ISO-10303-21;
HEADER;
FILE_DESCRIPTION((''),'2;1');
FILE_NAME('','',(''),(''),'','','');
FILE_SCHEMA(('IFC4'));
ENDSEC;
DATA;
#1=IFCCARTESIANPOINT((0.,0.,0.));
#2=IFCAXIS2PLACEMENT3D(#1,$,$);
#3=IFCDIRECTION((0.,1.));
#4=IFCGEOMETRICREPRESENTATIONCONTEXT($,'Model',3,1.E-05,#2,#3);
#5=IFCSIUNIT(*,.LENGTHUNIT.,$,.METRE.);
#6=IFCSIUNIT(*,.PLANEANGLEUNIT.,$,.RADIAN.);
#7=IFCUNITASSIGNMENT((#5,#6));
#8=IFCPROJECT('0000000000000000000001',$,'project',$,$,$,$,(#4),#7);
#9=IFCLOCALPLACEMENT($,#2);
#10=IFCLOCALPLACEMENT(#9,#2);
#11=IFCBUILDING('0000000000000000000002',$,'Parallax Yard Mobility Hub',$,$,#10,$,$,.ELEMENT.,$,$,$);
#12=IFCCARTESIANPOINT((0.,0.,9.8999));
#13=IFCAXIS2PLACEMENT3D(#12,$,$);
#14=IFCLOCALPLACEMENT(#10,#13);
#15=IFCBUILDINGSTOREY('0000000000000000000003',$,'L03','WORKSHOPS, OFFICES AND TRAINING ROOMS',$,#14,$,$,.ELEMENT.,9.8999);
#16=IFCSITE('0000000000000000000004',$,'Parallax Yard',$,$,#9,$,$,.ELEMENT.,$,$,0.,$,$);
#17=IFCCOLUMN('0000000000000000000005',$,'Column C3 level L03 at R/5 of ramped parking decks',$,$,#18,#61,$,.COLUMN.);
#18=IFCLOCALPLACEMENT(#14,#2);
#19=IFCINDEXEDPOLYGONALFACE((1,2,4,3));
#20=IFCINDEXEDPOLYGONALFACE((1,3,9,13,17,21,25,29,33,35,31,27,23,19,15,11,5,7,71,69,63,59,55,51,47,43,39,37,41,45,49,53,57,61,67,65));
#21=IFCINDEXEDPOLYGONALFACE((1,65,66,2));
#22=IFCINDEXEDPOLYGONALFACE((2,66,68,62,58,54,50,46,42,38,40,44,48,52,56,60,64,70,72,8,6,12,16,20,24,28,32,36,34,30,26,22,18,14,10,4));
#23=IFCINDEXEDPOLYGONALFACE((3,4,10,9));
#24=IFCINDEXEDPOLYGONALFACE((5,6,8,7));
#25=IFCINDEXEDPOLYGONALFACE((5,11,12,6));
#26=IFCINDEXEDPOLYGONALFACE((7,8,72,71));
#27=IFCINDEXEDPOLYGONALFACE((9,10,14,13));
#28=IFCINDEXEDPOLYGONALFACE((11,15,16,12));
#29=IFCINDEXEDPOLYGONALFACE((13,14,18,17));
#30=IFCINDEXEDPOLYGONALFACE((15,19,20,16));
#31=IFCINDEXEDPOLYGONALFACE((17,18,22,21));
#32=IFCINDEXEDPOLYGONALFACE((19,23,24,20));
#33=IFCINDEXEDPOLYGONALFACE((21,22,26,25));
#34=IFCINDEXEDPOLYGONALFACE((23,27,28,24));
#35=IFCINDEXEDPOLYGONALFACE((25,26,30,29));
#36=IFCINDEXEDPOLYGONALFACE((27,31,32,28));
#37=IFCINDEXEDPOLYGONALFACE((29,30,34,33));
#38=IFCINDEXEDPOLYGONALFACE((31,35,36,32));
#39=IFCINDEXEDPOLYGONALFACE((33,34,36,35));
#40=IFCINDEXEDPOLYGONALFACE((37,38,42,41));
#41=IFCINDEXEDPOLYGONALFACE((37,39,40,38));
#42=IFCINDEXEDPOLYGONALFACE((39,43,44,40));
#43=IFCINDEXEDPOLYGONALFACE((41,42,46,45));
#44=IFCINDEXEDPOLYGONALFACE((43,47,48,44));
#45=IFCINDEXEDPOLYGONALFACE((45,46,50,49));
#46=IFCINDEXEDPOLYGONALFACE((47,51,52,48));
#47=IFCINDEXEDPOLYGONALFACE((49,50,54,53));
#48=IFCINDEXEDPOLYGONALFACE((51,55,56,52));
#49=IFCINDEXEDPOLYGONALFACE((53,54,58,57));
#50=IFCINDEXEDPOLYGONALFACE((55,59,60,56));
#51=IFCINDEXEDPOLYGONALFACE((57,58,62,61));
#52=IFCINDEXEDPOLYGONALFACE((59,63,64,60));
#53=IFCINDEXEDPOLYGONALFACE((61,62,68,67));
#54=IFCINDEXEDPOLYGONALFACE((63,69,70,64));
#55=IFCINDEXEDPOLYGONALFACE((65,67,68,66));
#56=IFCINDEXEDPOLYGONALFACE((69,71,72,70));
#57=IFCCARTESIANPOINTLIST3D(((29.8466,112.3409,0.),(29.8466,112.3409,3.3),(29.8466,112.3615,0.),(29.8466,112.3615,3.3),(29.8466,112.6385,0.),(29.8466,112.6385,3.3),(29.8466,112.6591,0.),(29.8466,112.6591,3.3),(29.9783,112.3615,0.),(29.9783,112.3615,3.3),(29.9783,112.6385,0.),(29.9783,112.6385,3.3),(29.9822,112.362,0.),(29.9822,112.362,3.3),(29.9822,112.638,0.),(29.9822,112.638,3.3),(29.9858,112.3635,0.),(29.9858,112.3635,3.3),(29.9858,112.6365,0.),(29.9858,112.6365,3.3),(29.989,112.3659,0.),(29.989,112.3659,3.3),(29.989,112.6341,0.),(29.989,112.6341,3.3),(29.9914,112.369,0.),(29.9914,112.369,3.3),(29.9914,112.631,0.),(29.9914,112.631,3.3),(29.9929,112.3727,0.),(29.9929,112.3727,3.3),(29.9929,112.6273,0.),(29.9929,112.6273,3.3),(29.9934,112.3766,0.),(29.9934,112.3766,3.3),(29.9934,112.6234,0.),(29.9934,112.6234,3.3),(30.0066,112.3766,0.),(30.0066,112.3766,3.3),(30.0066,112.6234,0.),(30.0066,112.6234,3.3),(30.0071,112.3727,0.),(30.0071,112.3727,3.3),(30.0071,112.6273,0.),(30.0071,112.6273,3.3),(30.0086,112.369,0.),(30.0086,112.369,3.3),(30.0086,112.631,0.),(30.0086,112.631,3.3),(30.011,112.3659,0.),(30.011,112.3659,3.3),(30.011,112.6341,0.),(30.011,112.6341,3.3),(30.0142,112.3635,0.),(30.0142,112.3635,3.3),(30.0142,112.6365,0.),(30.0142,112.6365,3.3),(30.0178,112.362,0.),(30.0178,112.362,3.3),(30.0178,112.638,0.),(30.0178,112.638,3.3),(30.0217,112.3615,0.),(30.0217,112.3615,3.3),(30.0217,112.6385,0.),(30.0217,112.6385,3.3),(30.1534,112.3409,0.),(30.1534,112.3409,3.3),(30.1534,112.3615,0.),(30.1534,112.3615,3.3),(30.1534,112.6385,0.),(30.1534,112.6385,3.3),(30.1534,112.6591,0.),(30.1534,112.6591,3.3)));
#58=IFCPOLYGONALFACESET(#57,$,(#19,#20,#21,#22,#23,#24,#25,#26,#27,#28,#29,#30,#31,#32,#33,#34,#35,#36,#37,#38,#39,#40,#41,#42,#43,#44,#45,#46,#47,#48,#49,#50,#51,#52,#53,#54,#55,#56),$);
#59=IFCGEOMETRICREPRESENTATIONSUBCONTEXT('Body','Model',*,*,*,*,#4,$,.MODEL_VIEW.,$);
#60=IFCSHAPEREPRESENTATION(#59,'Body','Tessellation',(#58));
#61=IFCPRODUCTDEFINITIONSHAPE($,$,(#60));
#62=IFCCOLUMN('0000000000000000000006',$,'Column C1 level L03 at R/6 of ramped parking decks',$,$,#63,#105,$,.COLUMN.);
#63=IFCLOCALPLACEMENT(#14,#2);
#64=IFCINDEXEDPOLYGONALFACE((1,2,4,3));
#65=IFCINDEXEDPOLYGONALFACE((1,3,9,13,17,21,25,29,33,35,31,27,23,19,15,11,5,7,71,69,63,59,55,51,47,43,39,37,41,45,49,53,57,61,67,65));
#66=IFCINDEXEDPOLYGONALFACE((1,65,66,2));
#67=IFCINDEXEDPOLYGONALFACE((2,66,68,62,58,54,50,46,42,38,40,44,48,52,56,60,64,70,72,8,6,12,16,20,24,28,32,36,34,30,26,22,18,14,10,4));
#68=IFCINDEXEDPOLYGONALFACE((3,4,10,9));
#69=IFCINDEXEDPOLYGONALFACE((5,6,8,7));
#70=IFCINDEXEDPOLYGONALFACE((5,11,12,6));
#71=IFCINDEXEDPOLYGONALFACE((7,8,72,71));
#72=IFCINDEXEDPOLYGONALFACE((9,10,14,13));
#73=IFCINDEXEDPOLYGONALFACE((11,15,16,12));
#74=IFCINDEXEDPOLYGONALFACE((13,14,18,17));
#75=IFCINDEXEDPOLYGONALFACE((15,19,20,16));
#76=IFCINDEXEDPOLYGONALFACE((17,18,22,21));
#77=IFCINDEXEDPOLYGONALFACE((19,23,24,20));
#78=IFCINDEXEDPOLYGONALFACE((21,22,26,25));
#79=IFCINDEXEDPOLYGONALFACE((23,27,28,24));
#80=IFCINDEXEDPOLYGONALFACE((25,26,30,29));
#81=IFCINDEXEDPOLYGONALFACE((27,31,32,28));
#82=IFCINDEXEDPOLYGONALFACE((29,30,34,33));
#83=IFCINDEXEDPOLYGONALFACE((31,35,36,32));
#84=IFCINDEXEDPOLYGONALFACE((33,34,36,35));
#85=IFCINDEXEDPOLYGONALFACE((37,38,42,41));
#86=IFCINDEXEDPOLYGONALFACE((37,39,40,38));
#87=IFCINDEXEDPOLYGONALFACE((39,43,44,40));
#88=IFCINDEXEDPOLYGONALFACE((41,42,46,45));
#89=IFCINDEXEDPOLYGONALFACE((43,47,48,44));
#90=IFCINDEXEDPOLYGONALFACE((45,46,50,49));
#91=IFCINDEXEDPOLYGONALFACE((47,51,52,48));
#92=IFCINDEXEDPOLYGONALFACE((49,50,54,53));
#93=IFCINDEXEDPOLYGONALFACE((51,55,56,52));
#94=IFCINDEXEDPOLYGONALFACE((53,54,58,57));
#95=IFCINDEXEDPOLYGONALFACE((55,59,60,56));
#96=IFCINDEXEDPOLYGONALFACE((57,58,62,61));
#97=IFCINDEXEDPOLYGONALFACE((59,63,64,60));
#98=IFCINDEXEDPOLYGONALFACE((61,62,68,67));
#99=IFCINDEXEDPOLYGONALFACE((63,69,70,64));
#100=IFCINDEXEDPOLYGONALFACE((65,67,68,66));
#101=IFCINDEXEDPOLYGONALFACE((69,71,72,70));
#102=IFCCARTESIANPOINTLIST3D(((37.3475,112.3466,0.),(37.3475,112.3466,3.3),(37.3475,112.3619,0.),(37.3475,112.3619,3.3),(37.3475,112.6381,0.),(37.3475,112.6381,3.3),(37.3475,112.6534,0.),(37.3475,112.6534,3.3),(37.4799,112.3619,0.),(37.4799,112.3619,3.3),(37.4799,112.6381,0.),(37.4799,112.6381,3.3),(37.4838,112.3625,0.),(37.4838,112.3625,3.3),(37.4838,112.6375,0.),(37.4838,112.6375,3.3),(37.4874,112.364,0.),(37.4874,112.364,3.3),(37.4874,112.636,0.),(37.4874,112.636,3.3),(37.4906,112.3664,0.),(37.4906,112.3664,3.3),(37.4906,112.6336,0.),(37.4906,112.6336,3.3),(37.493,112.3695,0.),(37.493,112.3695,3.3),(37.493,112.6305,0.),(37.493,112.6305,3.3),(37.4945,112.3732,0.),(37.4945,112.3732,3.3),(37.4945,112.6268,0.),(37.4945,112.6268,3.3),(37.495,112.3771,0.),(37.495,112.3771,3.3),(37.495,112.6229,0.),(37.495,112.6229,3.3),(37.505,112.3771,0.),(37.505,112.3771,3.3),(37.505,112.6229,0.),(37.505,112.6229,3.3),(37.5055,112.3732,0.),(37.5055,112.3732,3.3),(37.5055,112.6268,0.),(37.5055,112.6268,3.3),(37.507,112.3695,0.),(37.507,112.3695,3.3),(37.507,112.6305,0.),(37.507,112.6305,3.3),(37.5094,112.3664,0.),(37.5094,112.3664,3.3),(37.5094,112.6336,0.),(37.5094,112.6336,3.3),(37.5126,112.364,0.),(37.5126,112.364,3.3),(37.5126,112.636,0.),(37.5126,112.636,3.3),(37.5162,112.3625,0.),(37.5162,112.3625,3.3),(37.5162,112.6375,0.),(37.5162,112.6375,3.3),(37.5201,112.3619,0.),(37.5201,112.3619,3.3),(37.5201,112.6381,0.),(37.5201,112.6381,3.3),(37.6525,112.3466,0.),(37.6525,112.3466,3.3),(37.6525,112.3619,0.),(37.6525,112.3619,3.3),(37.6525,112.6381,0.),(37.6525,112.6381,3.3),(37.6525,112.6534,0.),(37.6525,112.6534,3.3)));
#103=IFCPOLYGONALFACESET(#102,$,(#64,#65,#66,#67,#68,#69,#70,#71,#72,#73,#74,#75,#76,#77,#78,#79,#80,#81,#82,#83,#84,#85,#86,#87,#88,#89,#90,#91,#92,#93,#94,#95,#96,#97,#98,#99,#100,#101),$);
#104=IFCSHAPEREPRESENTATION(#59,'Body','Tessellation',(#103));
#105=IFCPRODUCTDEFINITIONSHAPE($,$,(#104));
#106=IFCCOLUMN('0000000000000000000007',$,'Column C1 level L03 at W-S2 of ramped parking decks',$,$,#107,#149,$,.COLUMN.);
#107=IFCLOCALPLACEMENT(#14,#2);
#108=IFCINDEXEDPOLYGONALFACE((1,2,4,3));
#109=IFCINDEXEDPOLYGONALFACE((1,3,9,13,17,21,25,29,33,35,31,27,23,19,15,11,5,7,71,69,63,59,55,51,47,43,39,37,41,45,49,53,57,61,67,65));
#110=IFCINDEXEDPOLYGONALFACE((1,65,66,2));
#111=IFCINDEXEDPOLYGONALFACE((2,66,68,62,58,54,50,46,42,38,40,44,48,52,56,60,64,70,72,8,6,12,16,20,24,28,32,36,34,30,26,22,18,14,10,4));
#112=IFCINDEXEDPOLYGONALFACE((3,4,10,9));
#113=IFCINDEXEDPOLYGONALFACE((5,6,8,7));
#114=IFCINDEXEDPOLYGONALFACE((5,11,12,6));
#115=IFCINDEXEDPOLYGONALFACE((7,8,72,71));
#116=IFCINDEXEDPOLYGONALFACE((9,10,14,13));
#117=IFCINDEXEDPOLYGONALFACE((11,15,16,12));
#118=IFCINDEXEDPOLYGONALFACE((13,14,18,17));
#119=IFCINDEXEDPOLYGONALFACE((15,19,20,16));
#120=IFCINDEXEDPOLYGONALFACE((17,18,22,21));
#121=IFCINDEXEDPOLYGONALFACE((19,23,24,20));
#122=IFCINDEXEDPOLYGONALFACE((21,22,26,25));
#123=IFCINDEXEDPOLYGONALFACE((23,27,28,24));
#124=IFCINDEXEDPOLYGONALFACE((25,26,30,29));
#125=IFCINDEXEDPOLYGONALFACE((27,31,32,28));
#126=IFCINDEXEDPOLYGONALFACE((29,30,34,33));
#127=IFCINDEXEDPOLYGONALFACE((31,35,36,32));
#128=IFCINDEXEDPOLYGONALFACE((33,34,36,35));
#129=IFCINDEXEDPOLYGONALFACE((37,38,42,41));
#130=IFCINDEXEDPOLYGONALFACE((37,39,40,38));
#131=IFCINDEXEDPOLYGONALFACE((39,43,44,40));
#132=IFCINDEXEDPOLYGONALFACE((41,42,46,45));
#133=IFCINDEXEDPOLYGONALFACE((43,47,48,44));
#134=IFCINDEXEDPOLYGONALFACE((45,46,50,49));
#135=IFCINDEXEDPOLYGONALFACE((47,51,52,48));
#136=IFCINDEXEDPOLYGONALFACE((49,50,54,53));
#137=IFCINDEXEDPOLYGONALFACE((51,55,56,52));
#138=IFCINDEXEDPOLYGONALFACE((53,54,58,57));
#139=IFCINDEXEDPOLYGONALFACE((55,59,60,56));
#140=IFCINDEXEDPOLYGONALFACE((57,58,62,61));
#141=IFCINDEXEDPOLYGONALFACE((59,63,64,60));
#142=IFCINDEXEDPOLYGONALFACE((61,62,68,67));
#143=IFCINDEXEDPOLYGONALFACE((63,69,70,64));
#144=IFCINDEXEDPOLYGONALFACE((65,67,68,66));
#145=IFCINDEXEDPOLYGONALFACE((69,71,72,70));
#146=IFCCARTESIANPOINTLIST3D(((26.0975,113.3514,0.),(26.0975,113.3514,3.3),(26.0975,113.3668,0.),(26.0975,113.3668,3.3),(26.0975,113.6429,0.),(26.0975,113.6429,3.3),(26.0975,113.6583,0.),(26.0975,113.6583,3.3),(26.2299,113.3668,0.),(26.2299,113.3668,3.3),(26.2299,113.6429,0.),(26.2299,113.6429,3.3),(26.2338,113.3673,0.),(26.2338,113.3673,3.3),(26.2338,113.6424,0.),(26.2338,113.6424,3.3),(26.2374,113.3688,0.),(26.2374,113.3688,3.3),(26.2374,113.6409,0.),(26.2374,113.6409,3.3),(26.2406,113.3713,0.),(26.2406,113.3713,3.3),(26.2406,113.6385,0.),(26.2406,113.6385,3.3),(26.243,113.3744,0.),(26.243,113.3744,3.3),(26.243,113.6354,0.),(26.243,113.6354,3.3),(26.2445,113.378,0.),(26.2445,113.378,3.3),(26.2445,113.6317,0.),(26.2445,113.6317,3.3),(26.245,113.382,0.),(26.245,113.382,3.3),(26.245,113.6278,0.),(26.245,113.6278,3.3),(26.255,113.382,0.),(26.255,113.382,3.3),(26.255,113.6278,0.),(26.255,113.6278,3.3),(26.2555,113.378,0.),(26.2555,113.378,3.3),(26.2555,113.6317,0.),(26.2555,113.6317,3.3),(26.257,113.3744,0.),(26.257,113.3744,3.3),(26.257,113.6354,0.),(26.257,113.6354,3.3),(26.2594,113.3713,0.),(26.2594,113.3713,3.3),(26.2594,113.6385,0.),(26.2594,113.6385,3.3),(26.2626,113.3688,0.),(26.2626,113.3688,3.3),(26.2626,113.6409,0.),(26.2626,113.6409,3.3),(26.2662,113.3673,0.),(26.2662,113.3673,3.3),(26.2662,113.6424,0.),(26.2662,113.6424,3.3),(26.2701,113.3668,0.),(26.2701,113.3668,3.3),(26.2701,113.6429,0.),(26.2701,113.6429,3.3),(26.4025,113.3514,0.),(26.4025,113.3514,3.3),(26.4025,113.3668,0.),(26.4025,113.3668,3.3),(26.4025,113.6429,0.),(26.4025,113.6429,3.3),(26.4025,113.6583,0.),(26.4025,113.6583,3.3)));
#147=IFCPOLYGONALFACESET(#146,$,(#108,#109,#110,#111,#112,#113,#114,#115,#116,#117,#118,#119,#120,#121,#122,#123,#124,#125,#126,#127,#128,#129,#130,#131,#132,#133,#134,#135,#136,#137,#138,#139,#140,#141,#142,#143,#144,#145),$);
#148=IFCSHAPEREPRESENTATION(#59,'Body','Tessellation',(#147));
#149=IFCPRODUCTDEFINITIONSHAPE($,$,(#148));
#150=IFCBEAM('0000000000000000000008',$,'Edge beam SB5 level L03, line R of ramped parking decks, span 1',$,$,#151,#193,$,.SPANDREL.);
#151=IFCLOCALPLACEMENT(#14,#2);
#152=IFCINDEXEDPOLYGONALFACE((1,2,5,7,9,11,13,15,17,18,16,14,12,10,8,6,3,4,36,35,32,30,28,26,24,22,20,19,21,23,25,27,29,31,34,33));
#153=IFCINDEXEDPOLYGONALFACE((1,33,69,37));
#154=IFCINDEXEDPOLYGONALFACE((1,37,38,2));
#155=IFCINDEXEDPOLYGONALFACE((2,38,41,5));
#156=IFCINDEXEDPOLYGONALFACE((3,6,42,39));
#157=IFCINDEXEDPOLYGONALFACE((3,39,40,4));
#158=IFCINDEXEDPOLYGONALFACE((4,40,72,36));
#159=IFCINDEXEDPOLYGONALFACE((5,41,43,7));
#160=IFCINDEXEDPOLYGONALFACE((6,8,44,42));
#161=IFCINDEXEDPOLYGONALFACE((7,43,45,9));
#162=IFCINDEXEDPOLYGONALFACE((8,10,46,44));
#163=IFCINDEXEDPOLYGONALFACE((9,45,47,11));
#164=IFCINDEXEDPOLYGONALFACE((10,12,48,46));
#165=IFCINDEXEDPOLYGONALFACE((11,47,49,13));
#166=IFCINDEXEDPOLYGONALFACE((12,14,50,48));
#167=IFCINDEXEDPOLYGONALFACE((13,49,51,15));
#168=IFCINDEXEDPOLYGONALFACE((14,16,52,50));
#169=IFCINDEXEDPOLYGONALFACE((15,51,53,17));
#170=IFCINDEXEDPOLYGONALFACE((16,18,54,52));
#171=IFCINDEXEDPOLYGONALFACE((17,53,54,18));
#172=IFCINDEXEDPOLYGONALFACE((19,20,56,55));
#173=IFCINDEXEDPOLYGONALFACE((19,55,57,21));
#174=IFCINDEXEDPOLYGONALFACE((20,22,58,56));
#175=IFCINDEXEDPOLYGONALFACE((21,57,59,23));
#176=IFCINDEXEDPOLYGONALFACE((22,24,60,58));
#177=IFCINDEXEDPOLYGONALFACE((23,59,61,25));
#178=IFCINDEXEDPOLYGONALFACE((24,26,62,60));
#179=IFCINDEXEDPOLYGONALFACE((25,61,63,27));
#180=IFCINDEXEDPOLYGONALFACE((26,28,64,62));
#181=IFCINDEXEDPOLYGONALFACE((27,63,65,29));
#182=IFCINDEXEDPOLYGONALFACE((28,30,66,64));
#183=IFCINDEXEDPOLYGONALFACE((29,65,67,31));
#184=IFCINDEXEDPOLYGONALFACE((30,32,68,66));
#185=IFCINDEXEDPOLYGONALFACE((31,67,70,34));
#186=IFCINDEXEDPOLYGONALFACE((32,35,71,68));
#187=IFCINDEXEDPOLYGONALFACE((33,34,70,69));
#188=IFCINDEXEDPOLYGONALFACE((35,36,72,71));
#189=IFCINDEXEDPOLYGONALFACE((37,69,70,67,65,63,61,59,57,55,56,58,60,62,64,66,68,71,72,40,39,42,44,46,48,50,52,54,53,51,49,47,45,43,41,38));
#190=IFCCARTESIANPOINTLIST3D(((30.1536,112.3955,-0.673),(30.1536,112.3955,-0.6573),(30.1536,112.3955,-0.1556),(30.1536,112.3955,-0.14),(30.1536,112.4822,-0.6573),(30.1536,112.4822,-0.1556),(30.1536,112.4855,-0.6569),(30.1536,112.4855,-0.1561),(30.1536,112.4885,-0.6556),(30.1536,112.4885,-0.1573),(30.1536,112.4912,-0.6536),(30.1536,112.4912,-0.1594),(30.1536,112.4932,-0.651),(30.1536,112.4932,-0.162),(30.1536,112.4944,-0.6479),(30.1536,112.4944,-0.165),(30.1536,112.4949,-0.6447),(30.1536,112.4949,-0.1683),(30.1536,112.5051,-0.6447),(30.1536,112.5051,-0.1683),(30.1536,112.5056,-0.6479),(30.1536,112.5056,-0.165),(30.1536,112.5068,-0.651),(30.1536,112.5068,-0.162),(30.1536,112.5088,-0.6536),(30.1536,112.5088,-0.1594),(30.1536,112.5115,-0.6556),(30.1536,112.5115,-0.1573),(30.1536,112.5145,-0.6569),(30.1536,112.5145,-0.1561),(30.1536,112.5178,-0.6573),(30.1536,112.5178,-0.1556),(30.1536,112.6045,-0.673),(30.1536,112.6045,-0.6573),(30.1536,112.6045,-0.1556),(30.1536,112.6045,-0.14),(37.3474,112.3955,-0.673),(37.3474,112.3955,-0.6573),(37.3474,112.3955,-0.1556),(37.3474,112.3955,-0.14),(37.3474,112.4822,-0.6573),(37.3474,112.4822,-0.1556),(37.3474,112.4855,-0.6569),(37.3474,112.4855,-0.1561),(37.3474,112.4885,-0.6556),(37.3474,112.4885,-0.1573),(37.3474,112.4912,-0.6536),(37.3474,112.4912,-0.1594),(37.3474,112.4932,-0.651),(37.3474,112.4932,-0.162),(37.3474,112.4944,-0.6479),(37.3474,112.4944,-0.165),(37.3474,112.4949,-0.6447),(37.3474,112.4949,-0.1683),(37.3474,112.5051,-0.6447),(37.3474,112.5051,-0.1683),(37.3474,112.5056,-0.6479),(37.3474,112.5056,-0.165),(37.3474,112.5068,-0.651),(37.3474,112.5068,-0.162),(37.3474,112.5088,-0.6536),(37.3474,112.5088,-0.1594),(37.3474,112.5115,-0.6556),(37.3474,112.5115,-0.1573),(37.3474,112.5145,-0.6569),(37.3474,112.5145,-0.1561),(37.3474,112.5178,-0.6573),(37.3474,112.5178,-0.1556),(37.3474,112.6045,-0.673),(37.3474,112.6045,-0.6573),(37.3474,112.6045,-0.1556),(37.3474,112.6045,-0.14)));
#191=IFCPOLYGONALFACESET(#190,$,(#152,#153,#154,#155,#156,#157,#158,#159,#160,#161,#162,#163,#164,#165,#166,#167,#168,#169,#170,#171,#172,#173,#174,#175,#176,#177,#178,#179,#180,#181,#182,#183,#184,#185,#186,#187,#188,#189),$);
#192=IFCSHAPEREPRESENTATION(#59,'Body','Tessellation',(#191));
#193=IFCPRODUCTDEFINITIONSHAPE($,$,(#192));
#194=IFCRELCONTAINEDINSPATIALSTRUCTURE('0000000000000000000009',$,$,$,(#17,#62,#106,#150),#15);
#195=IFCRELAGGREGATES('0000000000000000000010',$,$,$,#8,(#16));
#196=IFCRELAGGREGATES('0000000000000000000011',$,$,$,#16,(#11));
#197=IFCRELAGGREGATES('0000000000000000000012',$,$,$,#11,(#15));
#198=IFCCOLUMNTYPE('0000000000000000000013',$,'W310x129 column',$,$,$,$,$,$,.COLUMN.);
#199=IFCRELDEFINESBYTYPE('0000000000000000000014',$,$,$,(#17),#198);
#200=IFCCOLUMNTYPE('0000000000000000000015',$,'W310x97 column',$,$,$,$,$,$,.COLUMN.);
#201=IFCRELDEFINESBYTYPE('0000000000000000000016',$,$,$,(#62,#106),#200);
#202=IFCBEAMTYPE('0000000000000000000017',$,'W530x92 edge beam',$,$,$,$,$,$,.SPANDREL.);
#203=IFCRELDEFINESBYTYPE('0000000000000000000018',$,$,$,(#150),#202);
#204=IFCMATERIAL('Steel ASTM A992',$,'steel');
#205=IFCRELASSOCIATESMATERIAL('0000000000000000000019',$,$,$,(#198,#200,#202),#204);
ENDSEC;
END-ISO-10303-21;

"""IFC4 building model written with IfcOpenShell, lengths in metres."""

from ifc_helpers import new_model, si_unit, direction, frame, origin, origin_2d, place, context, subcontext, project, spatial, i_section, extrude, material, material_profile, profile_set, type_object, element, save


model = new_model("IFC4")

# Units and contexts
model_context = context("Model", 3, precision=1e-05, world=origin(), true_north=direction((0.0, 1.0)))
body_context = subcontext(model_context, "Body", "Model", "MODEL_VIEW")
ifc_project = project(units=[si_unit("LENGTHUNIT", "METRE"), si_unit("PLANEANGLEUNIT", "RADIAN")], contexts=[model_context])

# Site, building, storey
site_placement = place(None, origin())
site = spatial("IfcSite", under=ifc_project, at=site_placement, Name="Parallax Yard", CompositionType="ELEMENT", RefElevation=0.0)
building_placement = place(site_placement, origin())
building = spatial("IfcBuilding", under=site, at=building_placement, Name="Parallax Yard Mobility Hub", CompositionType="ELEMENT")
storey_placement = place(building_placement, frame((0.0, 0.0, 9.8999)))
storey = spatial("IfcBuildingStorey", under=building, at=storey_placement, Name="L03", Description="WORKSHOPS, OFFICES AND TRAINING ROOMS", CompositionType="ELEMENT", Elevation=9.8999)

# Columns
ifc_material_1 = material(Name="Steel ASTM A992", Category="steel")
ifc_material_profile_1 = material_profile(ifc_material_1, i_section(OverallWidth=0.3069, OverallDepth=0.3181, WebThickness=0.0132, FlangeThickness=0.0205, FilletRadius=0.0151, at=origin_2d()), Name="W310x129")
ifc_profile_set_1 = profile_set([ifc_material_profile_1], Name="Steel ASTM A992")
column_type_1 = type_object("IfcColumnType", Name="W310x129 column", PredefinedType="COLUMN", material=ifc_profile_set_1)
column_placement = place(storey_placement, frame((30.0, 112.5, 0.0), z_axis=(0.0, 0.0, 1.0), x_axis=(1.0, 0.0, 0.0)))
element("IfcColumn", 1, at=column_placement, inside=storey, type_object=column_type_1, Name="Column C3 level L03 at R/5 of ramped parking decks", PredefinedType="COLUMN", context=body_context, shape_type="SweptSolid", body=[
    extrude(i_section(OverallWidth=0.3069, OverallDepth=0.3181, WebThickness=0.0132, FlangeThickness=0.0205, FilletRadius=0.0151, at=origin_2d()), origin(), (0.0, 0.0, 1.0), 3.3),
])
ifc_material_profile_2 = material_profile(ifc_material_1, i_section(OverallWidth=0.3049, OverallDepth=0.3069, WebThickness=0.01, FlangeThickness=0.0154, FilletRadius=0.0151, at=origin_2d()), Name="W310x97")
ifc_profile_set_2 = profile_set([ifc_material_profile_2], Name="Steel ASTM A992")
column_type_2 = type_object("IfcColumnType", Name="W310x97 column", PredefinedType="COLUMN", material=ifc_profile_set_2)
for number, where, z_axis, x_axis, name in (
    (2, (37.5, 112.5, 0.0), (0.0, 0.0, 1.0), (1.0, 0.0, 0.0), "Column C1 level L03 at R/6 of ramped parking decks"),
    (3, (26.25, 113.5049, 0.0), (0.0, 0.0, 1.0), (1.0, 0.0, 0.0), "Column C1 level L03 at W-S2 of ramped parking decks"),
):
    element("IfcColumn", number, at=place(storey_placement, frame(where, z_axis=z_axis, x_axis=x_axis)), inside=storey, type_object=column_type_2, Name=name, PredefinedType="COLUMN", context=body_context, shape_type="SweptSolid", body=[
        extrude(i_section(OverallWidth=0.3049, OverallDepth=0.3069, WebThickness=0.01, FlangeThickness=0.0154, FilletRadius=0.0151, at=origin_2d()), origin(), (0.0, 0.0, 1.0), 3.3),
    ])

# Beam
ifc_material_profile_3 = material_profile(ifc_material_1, i_section(OverallWidth=0.209, OverallDepth=0.533, WebThickness=0.0103, FlangeThickness=0.0156, FilletRadius=0.0127, at=origin_2d()), Name="W530x92")
ifc_profile_set_3 = profile_set([ifc_material_profile_3], Name="Steel ASTM A992")
beam_type_1 = type_object("IfcBeamType", Name="W530x92 edge beam", PredefinedType="SPANDREL", material=ifc_profile_set_3)
beam_1_placement = place(storey_placement, frame((30.1536, 112.5, -0.4065), z_axis=(1.0, 0.0, 0.0), x_axis=(0.0, 1.0, 0.0)))
element("IfcBeam", 4, at=beam_1_placement, inside=storey, type_object=beam_type_1, Name="Edge beam SB5 level L03, line R of ramped parking decks, span 1", PredefinedType="SPANDREL", context=body_context, shape_type="SweptSolid", body=[
    extrude(i_section(OverallWidth=0.209, OverallDepth=0.533, WebThickness=0.0103, FlangeThickness=0.0156, FilletRadius=0.0127, at=origin_2d()), origin(), (0.0, 0.0, 1.0), 7.1938),
])

save(model, "model.ifc")
